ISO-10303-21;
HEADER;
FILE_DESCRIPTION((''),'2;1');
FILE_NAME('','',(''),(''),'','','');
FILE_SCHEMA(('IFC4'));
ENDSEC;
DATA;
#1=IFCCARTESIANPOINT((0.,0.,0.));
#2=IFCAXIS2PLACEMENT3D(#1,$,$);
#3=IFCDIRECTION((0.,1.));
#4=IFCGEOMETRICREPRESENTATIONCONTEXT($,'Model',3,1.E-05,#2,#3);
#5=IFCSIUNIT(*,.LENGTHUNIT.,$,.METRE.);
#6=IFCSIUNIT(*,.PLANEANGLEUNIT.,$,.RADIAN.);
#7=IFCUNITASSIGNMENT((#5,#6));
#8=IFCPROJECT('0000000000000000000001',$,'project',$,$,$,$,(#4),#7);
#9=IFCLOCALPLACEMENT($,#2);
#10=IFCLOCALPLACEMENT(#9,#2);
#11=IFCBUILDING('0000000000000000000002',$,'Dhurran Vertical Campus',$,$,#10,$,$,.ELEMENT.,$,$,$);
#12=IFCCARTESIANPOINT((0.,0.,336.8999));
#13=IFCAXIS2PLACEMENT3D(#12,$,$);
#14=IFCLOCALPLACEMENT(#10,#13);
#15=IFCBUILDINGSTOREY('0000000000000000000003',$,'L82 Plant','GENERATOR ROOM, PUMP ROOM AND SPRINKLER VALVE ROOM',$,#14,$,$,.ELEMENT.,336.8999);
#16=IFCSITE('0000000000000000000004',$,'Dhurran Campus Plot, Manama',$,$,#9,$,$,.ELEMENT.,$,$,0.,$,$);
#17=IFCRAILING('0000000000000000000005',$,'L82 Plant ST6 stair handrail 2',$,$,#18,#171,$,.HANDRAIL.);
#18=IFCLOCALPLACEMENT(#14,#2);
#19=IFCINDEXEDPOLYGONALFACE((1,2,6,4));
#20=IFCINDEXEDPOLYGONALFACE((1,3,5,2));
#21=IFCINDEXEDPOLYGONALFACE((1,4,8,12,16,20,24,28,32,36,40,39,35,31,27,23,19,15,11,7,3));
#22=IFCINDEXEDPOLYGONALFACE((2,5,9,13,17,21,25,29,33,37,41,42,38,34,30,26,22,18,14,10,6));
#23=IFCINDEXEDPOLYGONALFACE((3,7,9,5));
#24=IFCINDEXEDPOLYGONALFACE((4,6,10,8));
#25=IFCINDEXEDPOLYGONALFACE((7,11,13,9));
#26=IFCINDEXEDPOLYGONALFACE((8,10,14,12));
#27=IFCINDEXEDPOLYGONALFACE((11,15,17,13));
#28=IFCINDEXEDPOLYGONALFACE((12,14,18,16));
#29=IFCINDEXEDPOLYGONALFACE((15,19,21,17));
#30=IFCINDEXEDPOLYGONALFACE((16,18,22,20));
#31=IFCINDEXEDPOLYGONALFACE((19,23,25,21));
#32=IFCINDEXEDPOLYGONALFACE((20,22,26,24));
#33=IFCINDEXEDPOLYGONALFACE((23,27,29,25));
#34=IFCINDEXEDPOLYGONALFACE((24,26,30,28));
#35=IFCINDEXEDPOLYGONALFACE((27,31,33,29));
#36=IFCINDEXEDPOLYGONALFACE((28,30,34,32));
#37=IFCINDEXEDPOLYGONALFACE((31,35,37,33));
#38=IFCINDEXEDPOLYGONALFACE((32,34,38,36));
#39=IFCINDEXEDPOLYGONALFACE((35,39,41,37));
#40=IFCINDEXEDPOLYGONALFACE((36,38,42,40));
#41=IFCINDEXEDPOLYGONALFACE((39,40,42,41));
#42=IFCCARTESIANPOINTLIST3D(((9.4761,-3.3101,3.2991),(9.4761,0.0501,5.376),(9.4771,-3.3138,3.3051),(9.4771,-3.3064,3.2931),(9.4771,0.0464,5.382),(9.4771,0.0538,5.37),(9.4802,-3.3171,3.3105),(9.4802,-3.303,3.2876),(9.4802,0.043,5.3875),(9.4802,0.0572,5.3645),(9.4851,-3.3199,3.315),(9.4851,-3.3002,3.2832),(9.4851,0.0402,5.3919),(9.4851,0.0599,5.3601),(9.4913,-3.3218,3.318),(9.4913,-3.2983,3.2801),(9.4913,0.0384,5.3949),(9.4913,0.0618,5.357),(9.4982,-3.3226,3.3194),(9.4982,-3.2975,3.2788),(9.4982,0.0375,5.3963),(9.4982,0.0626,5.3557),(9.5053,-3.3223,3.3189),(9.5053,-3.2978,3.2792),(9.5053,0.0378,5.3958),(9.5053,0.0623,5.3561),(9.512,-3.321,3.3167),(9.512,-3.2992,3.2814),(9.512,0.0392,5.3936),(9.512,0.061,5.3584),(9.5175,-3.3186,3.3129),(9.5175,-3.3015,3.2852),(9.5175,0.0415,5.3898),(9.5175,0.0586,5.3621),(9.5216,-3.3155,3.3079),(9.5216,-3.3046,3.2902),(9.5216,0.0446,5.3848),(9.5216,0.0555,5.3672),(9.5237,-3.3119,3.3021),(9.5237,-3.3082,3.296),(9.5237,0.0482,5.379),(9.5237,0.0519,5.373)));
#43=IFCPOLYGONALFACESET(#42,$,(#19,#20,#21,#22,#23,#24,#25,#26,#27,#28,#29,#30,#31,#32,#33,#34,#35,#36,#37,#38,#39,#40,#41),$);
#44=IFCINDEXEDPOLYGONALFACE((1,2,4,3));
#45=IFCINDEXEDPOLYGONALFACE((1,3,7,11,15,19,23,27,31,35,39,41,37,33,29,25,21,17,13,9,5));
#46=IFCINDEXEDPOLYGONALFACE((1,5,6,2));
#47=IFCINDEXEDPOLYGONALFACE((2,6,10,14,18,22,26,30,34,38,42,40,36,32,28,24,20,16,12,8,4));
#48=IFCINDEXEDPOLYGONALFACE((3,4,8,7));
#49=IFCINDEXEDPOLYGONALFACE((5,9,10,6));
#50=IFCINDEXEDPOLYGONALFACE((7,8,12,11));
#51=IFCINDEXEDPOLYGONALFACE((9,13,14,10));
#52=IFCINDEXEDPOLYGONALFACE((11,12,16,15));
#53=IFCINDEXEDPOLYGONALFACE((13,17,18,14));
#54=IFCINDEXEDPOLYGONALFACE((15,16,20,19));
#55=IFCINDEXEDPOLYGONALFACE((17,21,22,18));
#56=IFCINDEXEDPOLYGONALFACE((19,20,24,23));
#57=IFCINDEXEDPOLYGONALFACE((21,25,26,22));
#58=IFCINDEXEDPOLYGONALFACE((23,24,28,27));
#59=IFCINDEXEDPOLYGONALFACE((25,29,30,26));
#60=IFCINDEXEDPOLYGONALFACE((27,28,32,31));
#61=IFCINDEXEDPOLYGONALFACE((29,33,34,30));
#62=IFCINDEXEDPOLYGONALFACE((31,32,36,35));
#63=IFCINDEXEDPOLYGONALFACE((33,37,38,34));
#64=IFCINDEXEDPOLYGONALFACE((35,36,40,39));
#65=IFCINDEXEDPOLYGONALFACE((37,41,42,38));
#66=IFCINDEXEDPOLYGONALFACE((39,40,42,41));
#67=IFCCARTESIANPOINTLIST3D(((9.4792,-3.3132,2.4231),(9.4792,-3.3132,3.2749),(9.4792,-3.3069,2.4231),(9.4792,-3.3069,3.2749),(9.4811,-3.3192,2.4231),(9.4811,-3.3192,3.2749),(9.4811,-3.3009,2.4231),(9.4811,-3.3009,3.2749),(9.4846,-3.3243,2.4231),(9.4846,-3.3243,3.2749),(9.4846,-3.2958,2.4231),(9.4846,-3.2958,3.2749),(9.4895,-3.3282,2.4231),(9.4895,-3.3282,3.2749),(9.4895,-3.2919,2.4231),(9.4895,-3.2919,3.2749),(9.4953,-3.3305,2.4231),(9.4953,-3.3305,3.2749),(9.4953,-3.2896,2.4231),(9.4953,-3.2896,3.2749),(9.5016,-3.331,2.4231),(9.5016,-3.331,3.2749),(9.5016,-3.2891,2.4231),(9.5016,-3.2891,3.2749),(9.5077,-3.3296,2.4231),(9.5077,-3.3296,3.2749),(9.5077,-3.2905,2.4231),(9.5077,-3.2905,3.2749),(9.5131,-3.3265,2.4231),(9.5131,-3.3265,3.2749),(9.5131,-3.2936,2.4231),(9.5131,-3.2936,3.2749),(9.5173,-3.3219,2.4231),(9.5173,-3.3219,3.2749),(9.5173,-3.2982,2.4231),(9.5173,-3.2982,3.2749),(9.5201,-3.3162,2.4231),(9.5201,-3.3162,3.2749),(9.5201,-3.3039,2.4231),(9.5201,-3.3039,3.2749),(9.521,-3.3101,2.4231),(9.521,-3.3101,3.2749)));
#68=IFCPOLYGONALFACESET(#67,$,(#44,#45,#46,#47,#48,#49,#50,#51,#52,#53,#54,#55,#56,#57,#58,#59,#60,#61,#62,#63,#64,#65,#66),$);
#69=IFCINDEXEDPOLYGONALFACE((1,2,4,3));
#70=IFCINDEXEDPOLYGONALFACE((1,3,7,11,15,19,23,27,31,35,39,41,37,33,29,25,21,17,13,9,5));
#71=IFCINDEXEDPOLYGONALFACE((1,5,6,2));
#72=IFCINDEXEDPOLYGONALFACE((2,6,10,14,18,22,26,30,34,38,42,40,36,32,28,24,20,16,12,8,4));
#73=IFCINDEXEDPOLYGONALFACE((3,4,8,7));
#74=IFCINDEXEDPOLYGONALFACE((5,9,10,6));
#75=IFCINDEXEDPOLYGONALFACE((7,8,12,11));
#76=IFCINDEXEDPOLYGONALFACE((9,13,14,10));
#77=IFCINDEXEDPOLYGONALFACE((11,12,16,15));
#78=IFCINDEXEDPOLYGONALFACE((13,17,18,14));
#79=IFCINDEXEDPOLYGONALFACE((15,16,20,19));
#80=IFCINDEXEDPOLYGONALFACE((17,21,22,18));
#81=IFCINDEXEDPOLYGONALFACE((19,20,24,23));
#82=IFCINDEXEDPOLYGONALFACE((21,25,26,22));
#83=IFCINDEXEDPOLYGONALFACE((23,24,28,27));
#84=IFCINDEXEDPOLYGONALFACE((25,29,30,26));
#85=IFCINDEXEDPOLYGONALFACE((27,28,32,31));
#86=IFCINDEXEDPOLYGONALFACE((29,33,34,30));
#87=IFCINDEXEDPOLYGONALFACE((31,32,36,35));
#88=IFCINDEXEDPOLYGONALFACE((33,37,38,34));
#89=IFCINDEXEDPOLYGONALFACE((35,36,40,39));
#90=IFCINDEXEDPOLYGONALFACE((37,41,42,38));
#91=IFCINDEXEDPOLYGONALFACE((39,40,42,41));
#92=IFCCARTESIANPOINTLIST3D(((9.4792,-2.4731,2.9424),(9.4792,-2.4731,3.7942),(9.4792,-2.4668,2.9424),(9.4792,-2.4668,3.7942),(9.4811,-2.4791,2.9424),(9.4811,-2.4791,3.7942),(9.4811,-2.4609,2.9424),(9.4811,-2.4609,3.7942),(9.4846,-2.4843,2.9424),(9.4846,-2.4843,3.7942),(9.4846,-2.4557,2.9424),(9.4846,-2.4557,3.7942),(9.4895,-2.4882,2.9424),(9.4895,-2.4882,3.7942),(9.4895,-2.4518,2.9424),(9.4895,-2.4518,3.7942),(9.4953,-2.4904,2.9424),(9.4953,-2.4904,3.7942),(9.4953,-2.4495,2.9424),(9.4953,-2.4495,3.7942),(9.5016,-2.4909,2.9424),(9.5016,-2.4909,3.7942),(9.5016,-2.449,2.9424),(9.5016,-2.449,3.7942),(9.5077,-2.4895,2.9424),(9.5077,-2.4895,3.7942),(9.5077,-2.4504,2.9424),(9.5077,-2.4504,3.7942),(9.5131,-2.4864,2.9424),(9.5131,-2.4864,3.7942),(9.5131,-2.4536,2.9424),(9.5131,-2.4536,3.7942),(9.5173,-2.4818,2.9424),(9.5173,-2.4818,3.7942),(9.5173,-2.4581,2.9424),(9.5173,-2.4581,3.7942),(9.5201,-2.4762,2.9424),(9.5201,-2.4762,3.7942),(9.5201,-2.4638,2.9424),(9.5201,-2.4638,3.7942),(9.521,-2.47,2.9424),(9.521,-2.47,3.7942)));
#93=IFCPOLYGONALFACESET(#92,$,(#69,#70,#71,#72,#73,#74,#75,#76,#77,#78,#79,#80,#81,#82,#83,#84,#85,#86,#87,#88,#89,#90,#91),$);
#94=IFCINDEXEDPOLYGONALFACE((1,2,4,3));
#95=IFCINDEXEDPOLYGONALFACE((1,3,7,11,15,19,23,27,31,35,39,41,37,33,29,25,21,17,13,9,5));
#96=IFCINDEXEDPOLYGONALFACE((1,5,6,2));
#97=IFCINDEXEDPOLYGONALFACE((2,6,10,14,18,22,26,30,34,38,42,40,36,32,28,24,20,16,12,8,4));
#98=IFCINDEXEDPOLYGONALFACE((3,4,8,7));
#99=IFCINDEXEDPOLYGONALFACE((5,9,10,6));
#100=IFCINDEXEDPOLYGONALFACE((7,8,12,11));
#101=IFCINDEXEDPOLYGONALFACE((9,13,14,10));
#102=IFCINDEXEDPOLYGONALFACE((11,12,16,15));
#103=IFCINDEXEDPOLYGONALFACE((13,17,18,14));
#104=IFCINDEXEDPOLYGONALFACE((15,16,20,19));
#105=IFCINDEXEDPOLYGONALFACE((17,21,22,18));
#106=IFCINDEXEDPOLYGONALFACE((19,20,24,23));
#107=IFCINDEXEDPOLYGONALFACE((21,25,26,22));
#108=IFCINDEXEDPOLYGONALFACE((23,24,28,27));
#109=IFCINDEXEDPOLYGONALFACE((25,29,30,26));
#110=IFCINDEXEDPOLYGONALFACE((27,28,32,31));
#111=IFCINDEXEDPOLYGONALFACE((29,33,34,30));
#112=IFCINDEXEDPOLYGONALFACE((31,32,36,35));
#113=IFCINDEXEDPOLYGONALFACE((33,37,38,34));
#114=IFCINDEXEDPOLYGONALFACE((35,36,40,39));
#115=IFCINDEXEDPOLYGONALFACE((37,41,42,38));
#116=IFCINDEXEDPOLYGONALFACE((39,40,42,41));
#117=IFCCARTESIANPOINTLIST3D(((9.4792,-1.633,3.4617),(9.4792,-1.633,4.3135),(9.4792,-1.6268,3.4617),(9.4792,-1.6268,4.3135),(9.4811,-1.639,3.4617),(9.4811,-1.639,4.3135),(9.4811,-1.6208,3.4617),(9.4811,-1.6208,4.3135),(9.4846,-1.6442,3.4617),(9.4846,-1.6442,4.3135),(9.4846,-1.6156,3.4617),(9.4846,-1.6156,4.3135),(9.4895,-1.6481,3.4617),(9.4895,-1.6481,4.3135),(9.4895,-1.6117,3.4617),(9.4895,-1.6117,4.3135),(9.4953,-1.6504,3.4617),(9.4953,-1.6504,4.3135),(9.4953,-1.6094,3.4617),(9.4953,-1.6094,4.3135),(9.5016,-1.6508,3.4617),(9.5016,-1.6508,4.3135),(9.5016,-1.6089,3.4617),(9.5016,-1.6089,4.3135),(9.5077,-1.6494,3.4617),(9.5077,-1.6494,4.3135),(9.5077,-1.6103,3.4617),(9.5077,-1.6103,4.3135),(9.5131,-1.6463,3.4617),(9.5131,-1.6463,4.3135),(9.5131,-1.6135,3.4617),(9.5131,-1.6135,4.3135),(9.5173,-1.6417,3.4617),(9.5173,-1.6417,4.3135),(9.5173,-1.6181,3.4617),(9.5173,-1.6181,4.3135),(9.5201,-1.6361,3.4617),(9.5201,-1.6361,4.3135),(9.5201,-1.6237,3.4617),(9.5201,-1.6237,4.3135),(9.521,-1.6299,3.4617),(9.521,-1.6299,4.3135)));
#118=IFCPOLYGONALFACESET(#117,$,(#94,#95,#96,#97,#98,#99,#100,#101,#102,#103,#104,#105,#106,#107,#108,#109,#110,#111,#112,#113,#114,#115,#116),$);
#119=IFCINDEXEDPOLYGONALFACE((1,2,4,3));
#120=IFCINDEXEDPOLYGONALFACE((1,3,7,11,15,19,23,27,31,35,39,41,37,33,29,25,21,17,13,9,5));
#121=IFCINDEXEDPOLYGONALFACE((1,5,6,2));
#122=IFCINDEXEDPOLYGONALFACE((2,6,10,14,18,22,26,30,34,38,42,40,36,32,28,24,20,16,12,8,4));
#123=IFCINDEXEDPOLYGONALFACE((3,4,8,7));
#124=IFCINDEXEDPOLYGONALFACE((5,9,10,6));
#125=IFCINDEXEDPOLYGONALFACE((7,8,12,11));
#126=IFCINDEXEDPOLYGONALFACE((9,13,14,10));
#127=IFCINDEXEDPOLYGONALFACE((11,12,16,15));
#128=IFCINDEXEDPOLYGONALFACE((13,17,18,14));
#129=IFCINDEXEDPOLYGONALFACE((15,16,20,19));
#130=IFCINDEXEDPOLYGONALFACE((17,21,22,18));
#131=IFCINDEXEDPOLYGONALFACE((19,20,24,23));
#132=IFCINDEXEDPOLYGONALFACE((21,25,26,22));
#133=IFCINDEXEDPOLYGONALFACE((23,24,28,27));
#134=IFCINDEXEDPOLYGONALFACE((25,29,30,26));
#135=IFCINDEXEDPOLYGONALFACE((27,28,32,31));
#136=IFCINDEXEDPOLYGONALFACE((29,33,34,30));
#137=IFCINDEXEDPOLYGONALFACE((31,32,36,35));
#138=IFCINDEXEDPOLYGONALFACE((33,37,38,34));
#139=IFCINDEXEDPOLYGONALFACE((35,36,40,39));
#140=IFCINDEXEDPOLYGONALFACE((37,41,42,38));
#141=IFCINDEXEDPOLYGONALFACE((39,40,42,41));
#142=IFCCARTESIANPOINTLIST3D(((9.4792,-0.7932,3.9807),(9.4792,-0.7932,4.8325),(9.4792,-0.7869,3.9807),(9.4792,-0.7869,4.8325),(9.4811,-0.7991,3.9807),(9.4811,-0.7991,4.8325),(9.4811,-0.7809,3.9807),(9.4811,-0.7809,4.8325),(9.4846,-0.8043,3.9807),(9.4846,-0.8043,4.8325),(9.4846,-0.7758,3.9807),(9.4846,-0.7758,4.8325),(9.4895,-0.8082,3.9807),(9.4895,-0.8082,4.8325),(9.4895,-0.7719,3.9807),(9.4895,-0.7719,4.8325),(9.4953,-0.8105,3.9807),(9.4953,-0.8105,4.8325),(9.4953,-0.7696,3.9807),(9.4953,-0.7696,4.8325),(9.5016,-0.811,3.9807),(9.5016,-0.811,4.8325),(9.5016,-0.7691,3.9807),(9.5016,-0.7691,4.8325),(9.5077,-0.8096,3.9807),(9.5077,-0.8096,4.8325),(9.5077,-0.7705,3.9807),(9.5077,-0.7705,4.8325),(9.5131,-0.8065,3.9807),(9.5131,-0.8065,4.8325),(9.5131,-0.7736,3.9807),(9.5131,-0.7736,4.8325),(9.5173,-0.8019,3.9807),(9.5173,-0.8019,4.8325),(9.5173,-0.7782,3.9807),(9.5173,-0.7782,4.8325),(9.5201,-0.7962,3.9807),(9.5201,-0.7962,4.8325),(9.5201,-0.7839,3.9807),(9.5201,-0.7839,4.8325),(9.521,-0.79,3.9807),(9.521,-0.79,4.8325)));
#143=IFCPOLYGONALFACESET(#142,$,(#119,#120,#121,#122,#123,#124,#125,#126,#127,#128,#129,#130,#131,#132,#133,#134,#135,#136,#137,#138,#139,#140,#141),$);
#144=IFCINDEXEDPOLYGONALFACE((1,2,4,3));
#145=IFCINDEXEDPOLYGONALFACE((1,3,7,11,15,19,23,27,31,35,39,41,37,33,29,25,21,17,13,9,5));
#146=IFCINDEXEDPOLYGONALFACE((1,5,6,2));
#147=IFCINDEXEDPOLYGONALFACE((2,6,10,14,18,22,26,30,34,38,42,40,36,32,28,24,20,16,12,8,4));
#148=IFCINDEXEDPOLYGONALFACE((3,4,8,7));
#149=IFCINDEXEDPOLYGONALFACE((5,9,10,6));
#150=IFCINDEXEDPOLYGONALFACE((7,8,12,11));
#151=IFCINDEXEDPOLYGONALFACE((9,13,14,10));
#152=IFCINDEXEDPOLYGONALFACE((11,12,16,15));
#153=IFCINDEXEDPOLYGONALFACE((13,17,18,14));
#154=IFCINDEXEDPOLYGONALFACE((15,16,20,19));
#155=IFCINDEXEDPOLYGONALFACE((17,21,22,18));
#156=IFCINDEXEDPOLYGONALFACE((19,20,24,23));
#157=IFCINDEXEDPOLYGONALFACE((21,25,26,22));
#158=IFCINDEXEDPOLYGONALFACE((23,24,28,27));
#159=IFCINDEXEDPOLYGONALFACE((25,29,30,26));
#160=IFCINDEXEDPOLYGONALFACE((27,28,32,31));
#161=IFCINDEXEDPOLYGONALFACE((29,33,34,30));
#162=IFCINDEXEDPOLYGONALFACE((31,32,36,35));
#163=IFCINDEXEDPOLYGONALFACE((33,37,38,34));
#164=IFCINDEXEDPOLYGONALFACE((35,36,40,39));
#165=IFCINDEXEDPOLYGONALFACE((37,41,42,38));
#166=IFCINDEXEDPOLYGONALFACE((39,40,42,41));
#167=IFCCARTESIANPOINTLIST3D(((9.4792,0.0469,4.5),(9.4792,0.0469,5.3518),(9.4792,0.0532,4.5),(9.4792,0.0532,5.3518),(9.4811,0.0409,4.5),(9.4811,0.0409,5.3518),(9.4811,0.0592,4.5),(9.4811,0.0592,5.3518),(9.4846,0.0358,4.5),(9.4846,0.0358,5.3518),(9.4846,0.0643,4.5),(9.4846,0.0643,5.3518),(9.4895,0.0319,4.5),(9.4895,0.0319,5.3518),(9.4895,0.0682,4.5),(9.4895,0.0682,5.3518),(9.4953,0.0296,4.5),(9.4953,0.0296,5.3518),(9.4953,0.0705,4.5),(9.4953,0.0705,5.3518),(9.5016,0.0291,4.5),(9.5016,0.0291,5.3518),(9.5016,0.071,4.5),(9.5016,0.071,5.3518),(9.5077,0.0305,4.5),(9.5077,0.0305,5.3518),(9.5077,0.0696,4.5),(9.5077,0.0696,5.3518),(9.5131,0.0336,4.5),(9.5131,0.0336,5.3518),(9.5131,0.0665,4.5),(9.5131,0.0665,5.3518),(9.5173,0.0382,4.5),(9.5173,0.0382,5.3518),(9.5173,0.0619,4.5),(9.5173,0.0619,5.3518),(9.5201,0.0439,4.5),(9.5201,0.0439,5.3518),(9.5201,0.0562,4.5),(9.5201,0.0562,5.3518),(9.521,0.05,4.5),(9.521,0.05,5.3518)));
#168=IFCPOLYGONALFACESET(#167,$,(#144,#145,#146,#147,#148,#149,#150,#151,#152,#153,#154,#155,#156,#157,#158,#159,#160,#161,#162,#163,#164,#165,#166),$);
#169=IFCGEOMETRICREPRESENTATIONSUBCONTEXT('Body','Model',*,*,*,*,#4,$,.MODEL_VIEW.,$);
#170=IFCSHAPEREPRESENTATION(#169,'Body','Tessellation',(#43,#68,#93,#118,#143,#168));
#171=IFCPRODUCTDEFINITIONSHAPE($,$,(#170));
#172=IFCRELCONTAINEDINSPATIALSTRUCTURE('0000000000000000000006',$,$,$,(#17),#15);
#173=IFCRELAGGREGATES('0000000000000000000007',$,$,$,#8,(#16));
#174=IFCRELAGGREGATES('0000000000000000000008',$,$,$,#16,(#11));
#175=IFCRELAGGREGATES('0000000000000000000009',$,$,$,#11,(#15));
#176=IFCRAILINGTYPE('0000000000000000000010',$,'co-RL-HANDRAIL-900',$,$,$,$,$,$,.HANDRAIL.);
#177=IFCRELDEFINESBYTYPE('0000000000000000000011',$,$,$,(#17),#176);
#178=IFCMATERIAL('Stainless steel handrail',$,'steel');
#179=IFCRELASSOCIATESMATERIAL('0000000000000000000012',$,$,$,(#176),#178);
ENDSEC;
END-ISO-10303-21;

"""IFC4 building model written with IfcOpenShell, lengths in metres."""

from ifc_helpers import new_model, si_unit, direction, frame, origin, origin_2d, place, context, subcontext, project, spatial, circle, extrude, material, type_object, element, save


model = new_model("IFC4")

# Units and contexts
model_context = context("Model", 3, precision=1e-05, world=origin(), true_north=direction((0.0, 1.0)))
body_context = subcontext(model_context, "Body", "Model", "MODEL_VIEW")
ifc_project = project(units=[si_unit("LENGTHUNIT", "METRE"), si_unit("PLANEANGLEUNIT", "RADIAN")], contexts=[model_context])

# Site, building, storey
site_placement = place(None, origin())
site = spatial("IfcSite", under=ifc_project, at=site_placement, Name="Dhurran Campus Plot, Manama", CompositionType="ELEMENT", RefElevation=0.0)
building_placement = place(site_placement, origin())
building = spatial("IfcBuilding", under=site, at=building_placement, Name="Dhurran Vertical Campus", CompositionType="ELEMENT")
storey_placement = place(building_placement, frame((0.0, 0.0, 336.8999)))
storey = spatial("IfcBuildingStorey", under=building, at=storey_placement, Name="L82 Plant", Description="GENERATOR ROOM, PUMP ROOM AND SPRINKLER VALVE ROOM", CompositionType="ELEMENT", Elevation=336.8999)

# Railing
ifc_material_1 = material(Name="Stainless steel handrail", Category="steel")
railing_type_1 = type_object("IfcRailingType", Name="co-RL-HANDRAIL-900", PredefinedType="HANDRAIL", material=ifc_material_1)
railing_1_placement = place(storey_placement, frame((9.5, -3.3101, 2.4231)))
element("IfcRailing", 1, at=railing_1_placement, inside=storey, type_object=railing_type_1, Name="L82 Plant ST6 stair handrail 2", PredefinedType="HANDRAIL", context=body_context, shape_type="SweptSolid", body=[
    extrude(circle(Radius=0.0239, at=origin_2d()), frame((0.0, 0.0, 0.876), z_axis=(0.0, 0.850623, 0.525776), x_axis=(-1.0, 0.0, 0.0)), (0.0, 0.0, 1.0), 3.9502),
    extrude(circle(Radius=0.021, at=origin_2d()), origin(), (0.0, 0.0, 1.0), 0.8518),
    extrude(circle(Radius=0.021, at=origin_2d()), frame((0.0, 0.8401, 0.5193)), (0.0, 0.0, 1.0), 0.8518),
    extrude(circle(Radius=0.021, at=origin_2d()), frame((0.0, 1.6802, 1.0386)), (0.0, 0.0, 1.0), 0.8518),
    extrude(circle(Radius=0.021, at=origin_2d()), frame((0.0, 2.52, 1.5576)), (0.0, 0.0, 1.0), 0.8518),
    extrude(circle(Radius=0.021, at=origin_2d()), frame((0.0, 3.3601, 2.0769)), (0.0, 0.0, 1.0), 0.8518),
])

save(model, "model.ifc")
